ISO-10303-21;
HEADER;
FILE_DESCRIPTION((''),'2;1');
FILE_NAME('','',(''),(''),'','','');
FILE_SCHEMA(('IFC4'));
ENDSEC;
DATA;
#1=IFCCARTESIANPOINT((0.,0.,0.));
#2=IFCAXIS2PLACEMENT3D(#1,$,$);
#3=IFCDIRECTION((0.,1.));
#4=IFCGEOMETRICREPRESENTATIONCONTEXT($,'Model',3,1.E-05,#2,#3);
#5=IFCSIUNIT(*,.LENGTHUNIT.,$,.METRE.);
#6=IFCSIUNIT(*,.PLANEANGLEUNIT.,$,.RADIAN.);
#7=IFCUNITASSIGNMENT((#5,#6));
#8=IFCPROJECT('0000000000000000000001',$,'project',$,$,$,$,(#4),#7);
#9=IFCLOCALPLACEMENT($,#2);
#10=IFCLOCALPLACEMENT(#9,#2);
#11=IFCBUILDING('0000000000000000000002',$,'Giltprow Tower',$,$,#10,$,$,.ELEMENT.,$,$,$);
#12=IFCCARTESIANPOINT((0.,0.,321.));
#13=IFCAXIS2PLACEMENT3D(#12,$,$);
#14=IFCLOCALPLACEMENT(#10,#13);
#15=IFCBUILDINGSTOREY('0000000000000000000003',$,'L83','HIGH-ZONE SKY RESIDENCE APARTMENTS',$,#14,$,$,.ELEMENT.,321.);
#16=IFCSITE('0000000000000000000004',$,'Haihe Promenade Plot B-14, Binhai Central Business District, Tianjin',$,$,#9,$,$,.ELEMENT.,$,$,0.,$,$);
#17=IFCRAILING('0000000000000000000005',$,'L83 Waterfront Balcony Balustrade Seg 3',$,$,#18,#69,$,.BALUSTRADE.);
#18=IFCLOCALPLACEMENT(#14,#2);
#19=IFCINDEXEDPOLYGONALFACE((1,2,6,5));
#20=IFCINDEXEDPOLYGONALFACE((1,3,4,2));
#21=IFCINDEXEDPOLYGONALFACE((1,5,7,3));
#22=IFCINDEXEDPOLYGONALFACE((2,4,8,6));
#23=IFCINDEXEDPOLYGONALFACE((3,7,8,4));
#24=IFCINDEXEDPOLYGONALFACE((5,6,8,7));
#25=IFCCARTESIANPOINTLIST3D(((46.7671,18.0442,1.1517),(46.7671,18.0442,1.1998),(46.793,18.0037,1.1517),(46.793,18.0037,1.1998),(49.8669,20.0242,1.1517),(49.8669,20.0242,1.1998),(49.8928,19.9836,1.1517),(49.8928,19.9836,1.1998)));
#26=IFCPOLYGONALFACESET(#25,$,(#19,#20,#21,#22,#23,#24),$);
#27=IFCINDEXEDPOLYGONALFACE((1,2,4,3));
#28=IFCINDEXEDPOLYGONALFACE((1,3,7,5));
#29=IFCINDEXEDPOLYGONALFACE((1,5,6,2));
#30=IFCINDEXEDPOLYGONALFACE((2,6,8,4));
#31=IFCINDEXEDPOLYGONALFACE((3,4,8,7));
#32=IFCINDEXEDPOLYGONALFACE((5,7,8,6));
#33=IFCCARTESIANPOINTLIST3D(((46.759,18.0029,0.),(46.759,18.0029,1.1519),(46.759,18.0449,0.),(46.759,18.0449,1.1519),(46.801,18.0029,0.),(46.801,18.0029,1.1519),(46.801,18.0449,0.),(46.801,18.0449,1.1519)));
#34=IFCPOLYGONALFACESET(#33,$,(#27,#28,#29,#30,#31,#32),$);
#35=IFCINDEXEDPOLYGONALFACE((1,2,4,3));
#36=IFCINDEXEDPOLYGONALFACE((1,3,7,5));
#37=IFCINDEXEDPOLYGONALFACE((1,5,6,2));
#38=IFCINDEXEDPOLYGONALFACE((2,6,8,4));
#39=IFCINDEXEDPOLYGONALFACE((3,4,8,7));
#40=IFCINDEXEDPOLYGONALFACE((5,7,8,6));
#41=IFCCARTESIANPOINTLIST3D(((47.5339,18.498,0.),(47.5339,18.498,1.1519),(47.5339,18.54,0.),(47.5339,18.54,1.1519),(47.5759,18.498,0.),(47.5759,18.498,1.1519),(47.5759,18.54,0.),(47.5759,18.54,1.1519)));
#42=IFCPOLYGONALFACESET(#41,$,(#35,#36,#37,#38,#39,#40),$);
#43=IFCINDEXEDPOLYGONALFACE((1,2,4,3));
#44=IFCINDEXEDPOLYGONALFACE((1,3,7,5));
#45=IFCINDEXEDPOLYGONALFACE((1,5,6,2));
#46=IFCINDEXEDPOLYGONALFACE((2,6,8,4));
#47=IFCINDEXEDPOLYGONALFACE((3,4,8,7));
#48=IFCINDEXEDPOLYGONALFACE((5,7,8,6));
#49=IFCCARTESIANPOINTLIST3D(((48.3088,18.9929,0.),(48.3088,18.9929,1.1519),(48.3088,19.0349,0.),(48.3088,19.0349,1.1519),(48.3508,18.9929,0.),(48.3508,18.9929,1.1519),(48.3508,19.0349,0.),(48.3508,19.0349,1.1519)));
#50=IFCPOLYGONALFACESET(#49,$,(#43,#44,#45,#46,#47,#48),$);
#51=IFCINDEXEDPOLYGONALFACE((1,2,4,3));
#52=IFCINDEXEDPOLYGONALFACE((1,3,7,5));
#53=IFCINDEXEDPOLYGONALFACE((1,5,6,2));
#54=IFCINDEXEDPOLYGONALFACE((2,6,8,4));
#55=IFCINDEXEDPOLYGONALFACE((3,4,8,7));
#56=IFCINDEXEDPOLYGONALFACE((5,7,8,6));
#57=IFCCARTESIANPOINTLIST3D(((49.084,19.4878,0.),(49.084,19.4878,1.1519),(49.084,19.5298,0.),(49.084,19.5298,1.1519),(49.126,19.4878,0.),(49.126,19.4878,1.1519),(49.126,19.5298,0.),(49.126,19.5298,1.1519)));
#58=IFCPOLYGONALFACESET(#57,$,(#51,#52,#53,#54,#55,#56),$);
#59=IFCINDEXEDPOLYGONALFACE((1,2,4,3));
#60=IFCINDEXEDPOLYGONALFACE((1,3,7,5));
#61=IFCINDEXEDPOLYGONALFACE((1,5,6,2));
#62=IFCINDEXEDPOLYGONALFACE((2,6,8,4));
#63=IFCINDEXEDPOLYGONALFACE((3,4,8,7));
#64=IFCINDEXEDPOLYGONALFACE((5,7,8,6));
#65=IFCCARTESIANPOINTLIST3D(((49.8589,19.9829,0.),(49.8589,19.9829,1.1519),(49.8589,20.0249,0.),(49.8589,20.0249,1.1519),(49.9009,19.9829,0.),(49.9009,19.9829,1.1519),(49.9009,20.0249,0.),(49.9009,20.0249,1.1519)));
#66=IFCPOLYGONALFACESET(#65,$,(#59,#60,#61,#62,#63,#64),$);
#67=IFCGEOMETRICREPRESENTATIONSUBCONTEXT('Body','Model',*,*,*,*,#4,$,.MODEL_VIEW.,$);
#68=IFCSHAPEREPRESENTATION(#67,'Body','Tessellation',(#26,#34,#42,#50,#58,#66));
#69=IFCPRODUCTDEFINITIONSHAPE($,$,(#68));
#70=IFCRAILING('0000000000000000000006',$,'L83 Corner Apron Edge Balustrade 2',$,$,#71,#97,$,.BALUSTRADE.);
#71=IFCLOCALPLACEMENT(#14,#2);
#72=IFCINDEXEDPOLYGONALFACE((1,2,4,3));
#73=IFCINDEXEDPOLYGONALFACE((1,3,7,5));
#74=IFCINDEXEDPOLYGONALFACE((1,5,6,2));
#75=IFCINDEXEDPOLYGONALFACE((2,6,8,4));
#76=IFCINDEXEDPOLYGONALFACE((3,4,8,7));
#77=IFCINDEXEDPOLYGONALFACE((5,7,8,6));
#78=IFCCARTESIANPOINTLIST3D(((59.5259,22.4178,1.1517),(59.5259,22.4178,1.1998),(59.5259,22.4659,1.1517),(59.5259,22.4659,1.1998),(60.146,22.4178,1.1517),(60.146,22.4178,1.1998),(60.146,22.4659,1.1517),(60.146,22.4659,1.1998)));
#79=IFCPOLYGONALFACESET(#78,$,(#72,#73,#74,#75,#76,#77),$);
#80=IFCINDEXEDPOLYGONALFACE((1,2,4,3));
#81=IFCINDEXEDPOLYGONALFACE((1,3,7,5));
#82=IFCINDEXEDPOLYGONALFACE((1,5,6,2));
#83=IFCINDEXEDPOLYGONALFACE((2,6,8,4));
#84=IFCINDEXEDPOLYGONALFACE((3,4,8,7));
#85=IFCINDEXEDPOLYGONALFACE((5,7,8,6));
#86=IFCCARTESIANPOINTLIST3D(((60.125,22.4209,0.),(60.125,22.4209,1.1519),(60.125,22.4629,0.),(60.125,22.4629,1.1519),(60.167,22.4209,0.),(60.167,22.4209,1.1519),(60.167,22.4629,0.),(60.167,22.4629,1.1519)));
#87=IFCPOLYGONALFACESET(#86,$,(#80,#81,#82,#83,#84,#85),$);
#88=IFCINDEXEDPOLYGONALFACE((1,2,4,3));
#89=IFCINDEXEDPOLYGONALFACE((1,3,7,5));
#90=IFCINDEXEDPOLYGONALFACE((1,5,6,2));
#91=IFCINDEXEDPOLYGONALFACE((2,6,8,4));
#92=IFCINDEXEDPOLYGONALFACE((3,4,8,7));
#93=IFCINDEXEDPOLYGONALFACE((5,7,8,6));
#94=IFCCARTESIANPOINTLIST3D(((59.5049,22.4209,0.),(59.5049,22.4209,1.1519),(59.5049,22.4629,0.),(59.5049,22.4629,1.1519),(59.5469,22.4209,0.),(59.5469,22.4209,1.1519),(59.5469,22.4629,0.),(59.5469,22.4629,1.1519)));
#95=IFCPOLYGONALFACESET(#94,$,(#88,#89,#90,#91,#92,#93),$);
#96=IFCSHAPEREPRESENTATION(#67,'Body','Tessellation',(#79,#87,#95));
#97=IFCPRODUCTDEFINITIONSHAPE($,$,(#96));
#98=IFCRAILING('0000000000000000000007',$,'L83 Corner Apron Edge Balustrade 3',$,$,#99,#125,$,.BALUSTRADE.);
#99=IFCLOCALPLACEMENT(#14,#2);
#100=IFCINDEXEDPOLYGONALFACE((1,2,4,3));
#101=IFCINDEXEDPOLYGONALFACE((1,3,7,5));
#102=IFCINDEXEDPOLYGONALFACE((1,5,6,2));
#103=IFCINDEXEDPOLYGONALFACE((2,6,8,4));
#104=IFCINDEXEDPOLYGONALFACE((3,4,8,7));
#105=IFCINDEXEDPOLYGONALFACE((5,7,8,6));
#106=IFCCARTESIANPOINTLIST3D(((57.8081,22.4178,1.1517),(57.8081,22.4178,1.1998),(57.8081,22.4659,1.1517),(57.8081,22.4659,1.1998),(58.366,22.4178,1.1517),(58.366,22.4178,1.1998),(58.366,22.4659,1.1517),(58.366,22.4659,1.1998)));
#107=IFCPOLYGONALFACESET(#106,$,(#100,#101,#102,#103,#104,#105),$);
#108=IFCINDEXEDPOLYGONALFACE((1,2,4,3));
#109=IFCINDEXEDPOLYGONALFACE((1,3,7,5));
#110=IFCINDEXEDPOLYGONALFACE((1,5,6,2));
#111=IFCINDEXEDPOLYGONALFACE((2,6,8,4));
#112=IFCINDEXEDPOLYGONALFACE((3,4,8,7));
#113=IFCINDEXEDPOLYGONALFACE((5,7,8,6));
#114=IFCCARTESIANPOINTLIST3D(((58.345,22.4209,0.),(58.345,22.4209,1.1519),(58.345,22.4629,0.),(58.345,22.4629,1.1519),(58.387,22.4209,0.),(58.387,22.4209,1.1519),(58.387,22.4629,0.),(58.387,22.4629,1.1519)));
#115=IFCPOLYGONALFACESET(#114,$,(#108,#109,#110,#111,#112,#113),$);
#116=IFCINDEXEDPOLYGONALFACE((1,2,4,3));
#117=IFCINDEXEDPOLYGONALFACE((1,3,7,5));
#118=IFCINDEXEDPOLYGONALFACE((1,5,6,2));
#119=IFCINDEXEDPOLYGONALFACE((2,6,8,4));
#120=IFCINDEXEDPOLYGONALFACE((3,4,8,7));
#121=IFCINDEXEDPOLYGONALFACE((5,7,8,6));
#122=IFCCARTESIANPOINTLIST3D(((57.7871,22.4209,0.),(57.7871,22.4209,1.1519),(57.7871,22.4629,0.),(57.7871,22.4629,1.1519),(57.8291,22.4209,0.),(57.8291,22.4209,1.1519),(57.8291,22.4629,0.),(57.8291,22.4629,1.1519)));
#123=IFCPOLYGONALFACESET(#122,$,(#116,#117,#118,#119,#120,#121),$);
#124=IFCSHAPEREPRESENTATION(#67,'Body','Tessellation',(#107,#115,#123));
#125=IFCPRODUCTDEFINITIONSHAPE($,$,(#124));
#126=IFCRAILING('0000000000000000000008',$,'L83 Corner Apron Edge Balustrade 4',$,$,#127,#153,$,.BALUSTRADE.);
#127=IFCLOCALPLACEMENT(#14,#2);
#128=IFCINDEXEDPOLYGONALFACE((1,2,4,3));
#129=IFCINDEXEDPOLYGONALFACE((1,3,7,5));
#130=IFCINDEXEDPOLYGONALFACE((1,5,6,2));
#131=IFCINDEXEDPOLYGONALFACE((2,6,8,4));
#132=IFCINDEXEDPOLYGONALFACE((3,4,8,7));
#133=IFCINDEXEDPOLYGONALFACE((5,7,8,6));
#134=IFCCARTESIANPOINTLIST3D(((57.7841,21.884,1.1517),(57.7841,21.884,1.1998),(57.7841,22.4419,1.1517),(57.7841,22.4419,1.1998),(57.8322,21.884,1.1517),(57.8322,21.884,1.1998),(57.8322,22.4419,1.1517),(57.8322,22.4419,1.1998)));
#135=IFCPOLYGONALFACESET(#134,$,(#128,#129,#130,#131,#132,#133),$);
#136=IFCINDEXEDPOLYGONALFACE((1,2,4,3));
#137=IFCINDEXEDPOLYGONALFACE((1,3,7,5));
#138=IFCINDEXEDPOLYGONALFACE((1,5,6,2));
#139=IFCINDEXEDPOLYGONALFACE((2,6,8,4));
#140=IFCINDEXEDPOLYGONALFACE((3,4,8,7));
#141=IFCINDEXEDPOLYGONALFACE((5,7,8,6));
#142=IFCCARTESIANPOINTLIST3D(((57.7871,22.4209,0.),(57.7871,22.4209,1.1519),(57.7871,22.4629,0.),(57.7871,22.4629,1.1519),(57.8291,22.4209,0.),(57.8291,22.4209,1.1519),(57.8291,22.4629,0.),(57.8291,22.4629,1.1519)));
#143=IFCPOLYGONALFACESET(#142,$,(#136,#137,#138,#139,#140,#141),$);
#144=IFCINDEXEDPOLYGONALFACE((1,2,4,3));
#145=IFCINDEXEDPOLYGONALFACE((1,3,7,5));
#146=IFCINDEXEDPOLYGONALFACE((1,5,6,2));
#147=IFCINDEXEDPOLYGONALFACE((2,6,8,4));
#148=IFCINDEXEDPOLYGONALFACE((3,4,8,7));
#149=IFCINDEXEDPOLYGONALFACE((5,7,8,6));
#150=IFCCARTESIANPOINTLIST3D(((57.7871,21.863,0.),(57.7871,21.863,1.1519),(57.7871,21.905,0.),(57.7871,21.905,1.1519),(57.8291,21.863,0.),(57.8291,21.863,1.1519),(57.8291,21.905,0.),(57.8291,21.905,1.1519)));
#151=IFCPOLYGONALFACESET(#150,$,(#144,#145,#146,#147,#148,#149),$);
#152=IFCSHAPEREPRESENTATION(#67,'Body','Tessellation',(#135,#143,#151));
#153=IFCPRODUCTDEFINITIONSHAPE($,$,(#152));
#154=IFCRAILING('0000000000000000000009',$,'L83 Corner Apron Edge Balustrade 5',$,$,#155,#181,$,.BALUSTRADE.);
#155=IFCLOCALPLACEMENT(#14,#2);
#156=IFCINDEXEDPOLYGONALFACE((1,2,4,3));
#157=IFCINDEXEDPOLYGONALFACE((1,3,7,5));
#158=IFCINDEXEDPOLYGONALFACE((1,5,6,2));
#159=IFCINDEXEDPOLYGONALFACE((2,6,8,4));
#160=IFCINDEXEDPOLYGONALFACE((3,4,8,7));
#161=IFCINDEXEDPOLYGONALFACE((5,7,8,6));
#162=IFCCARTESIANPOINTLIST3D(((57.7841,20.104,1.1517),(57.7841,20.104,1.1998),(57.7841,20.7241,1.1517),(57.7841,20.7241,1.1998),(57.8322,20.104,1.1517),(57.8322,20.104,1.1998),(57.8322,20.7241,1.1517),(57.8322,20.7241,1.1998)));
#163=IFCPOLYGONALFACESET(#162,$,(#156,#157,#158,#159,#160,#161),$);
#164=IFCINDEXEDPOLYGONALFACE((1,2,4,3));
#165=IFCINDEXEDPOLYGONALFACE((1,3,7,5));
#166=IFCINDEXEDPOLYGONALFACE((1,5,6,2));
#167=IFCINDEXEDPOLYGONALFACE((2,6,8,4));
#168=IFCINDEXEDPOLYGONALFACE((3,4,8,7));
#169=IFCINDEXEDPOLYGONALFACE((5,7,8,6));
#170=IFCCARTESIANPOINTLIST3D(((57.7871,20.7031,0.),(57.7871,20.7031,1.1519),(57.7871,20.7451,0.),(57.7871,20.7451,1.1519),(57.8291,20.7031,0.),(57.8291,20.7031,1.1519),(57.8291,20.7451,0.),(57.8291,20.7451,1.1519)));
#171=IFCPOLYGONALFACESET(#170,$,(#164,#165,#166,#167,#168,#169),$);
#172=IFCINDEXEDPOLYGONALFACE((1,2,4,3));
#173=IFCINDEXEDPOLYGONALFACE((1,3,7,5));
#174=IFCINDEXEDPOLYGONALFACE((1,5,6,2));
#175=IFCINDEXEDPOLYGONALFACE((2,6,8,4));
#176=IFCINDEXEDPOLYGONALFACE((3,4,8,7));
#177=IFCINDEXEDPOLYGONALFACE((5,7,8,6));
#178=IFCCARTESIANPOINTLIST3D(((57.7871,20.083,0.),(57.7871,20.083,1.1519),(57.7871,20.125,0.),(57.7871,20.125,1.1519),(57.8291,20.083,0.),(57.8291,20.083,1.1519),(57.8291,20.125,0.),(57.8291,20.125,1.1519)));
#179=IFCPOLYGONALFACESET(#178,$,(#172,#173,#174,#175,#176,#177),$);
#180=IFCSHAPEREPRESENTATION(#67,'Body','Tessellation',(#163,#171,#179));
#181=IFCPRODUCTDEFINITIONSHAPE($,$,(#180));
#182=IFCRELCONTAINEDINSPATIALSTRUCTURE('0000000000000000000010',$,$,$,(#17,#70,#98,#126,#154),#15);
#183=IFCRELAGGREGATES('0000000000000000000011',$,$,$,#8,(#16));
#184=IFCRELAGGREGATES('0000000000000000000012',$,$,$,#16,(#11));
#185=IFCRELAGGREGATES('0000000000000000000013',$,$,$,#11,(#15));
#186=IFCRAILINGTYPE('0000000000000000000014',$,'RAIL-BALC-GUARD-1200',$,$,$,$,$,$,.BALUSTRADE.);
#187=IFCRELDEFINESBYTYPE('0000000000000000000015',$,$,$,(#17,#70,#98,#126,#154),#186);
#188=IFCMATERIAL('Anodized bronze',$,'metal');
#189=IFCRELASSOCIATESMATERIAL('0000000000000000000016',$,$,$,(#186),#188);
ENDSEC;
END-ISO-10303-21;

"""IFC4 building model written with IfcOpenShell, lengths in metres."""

from ifc_helpers import new_model, si_unit, direction, frame, origin, origin_2d, place, context, subcontext, project, spatial, rectangle, extrude, material, type_object, element, save


model = new_model("IFC4")

# Units and contexts
model_context = context("Model", 3, precision=1e-05, world=origin(), true_north=direction((0.0, 1.0)))
body_context = subcontext(model_context, "Body", "Model", "MODEL_VIEW")
ifc_project = project(units=[si_unit("LENGTHUNIT", "METRE"), si_unit("PLANEANGLEUNIT", "RADIAN")], contexts=[model_context])

# Site, building, storey
site_placement = place(None, origin())
site = spatial("IfcSite", under=ifc_project, at=site_placement, Name="Haihe Promenade Plot B-14, Binhai Central Business District, Tianjin", CompositionType="ELEMENT", RefElevation=0.0)
building_placement = place(site_placement, origin())
building = spatial("IfcBuilding", under=site, at=building_placement, Name="Giltprow Tower", CompositionType="ELEMENT")
storey_placement = place(building_placement, frame((0.0, 0.0, 321.0)))
storey = spatial("IfcBuildingStorey", under=building, at=storey_placement, Name="L83", Description="HIGH-ZONE SKY RESIDENCE APARTMENTS", CompositionType="ELEMENT", Elevation=321.0)

# Shared definitions
ifc_material_1 = material(Name="Anodized bronze", Category="metal")

# Railings
railing_type = type_object("IfcRailingType", Name="RAIL-BALC-GUARD-1200", PredefinedType="BALUSTRADE", material=ifc_material_1)
railing_1_placement = place(storey_placement, frame((46.78, 18.0239, 0.0)))
element("IfcRailing", 1, at=railing_1_placement, inside=storey, type_object=railing_type, Name="L83 Waterfront Balcony Balustrade Seg 3", PredefinedType="BALUSTRADE", context=body_context, shape_type="SweptSolid", body=[
    extrude(rectangle(XDim=0.0481, YDim=0.0481, at=origin_2d()), frame((0.0, 0.0, 1.1758), z_axis=(0.842756, 0.538296, 0.0), x_axis=(-0.538296, 0.842756, 0.0)), (0.0, 0.0, 1.0), 3.6782),
    extrude(rectangle(XDim=0.042, YDim=0.042, at=origin_2d()), origin(), (0.0, 0.0, 1.0), 1.1519),
    extrude(rectangle(XDim=0.042, YDim=0.042, at=origin_2d()), frame((0.7749, 0.4951, 0.0)), (0.0, 0.0, 1.0), 1.1519),
    extrude(rectangle(XDim=0.042, YDim=0.042, at=origin_2d()), frame((1.5498, 0.99, 0.0)), (0.0, 0.0, 1.0), 1.1519),
    extrude(rectangle(XDim=0.042, YDim=0.042, at=origin_2d()), frame((2.325, 1.4849, 0.0)), (0.0, 0.0, 1.0), 1.1519),
    extrude(rectangle(XDim=0.042, YDim=0.042, at=origin_2d()), frame((3.0999, 1.98, 0.0)), (0.0, 0.0, 1.0), 1.1519),
])
railing_2_placement = place(storey_placement, frame((60.146, 22.4419, 0.0)))
element("IfcRailing", 2, at=railing_2_placement, inside=storey, type_object=railing_type, Name="L83 Corner Apron Edge Balustrade 2", PredefinedType="BALUSTRADE", context=body_context, shape_type="SweptSolid", body=[
    extrude(rectangle(XDim=0.0481, YDim=0.0481, at=origin_2d()), frame((0.0, 0.0, 1.1758), z_axis=(-1.0, 0.0, 0.0), x_axis=(0.0, -1.0, 0.0)), (0.0, 0.0, 1.0), 0.6201),
    extrude(rectangle(XDim=0.042, YDim=0.042, at=origin_2d()), origin(), (0.0, 0.0, 1.0), 1.1519),
    extrude(rectangle(XDim=0.042, YDim=0.042, at=origin_2d()), frame((-0.6201, 0.0, 0.0)), (0.0, 0.0, 1.0), 1.1519),
])
railing_3_placement = place(storey_placement, frame((58.366, 22.4419, 0.0)))
element("IfcRailing", 3, at=railing_3_placement, inside=storey, type_object=railing_type, Name="L83 Corner Apron Edge Balustrade 3", PredefinedType="BALUSTRADE", context=body_context, shape_type="SweptSolid", body=[
    extrude(rectangle(XDim=0.0481, YDim=0.0481, at=origin_2d()), frame((0.0, 0.0, 1.1758), z_axis=(-1.0, 0.0, 0.0), x_axis=(0.0, -1.0, 0.0)), (0.0, 0.0, 1.0), 0.5579),
    extrude(rectangle(XDim=0.042, YDim=0.042, at=origin_2d()), origin(), (0.0, 0.0, 1.0), 1.1519),
    extrude(rectangle(XDim=0.042, YDim=0.042, at=origin_2d()), frame((-0.5579, 0.0, 0.0)), (0.0, 0.0, 1.0), 1.1519),
])
railing_4_placement = place(storey_placement, frame((57.8081, 22.4419, 0.0)))
element("IfcRailing", 4, at=railing_4_placement, inside=storey, type_object=railing_type, Name="L83 Corner Apron Edge Balustrade 4", PredefinedType="BALUSTRADE", context=body_context, shape_type="SweptSolid", body=[
    extrude(rectangle(XDim=0.0481, YDim=0.0481, at=origin_2d()), frame((0.0, 0.0, 1.1758), z_axis=(0.0, -1.0, 0.0), x_axis=(1.0, 0.0, 0.0)), (0.0, 0.0, 1.0), 0.5579),
    extrude(rectangle(XDim=0.042, YDim=0.042, at=origin_2d()), origin(), (0.0, 0.0, 1.0), 1.1519),
    extrude(rectangle(XDim=0.042, YDim=0.042, at=origin_2d()), frame((0.0, -0.5579, 0.0)), (0.0, 0.0, 1.0), 1.1519),
])
railing_5_placement = place(storey_placement, frame((57.8081, 20.7241, 0.0)))
element("IfcRailing", 5, at=railing_5_placement, inside=storey, type_object=railing_type, Name="L83 Corner Apron Edge Balustrade 5", PredefinedType="BALUSTRADE", context=body_context, shape_type="SweptSolid", body=[
    extrude(rectangle(XDim=0.0481, YDim=0.0481, at=origin_2d()), frame((0.0, 0.0, 1.1758), z_axis=(0.0, -1.0, 0.0), x_axis=(1.0, 0.0, 0.0)), (0.0, 0.0, 1.0), 0.6201),
    extrude(rectangle(XDim=0.042, YDim=0.042, at=origin_2d()), origin(), (0.0, 0.0, 1.0), 1.1519),
    extrude(rectangle(XDim=0.042, YDim=0.042, at=origin_2d()), frame((0.0, -0.6201, 0.0)), (0.0, 0.0, 1.0), 1.1519),
])

save(model, "model.ifc")
